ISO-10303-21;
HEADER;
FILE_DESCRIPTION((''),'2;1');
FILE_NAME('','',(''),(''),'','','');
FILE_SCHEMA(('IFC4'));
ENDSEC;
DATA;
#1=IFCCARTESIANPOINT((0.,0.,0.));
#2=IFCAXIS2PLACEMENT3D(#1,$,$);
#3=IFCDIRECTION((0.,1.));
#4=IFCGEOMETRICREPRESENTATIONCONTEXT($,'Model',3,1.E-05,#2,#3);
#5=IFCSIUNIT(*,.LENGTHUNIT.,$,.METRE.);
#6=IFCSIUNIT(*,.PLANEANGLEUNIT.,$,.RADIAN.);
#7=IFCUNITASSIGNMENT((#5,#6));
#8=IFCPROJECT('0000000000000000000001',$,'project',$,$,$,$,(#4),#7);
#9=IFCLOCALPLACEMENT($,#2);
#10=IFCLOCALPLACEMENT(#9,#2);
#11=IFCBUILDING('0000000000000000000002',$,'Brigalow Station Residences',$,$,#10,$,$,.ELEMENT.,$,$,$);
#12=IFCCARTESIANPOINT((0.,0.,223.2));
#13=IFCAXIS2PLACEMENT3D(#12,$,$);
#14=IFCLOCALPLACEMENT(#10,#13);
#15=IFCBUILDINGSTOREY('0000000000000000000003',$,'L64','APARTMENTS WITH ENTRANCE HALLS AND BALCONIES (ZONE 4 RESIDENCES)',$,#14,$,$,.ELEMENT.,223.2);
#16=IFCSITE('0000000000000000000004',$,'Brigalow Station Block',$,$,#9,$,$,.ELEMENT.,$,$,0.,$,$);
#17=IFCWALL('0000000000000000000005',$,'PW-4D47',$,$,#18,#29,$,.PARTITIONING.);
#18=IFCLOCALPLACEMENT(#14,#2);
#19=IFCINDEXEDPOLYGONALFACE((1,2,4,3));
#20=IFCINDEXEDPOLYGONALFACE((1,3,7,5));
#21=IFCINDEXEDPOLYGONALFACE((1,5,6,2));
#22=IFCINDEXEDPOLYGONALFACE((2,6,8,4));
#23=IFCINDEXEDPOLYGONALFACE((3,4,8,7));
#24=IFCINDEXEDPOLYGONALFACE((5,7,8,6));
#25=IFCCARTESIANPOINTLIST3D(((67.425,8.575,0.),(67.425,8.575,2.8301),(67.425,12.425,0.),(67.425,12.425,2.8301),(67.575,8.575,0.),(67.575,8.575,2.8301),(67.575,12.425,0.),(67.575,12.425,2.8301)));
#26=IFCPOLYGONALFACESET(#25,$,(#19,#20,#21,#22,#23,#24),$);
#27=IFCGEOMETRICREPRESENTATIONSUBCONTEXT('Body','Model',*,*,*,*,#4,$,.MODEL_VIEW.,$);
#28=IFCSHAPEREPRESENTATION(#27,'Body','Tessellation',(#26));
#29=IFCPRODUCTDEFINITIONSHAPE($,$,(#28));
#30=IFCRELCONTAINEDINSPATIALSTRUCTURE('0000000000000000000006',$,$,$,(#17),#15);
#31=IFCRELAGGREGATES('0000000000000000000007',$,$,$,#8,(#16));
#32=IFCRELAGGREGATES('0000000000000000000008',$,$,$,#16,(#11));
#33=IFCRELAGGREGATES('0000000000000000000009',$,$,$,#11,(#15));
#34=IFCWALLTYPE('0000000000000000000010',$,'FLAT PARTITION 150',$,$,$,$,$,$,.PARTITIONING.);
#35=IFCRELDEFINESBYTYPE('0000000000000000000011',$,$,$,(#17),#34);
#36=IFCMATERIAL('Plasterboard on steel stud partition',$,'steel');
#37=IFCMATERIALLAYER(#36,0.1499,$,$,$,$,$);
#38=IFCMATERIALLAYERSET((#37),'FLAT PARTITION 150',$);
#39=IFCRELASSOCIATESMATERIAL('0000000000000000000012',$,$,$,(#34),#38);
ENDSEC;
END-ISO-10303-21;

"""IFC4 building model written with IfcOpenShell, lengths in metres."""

from ifc_helpers import new_model, si_unit, direction, frame, frame_2d, origin, place, context, subcontext, project, spatial, rectangle, extrude, material, layer, layer_set, type_object, element, save


model = new_model("IFC4")

# Units and contexts
model_context = context("Model", 3, precision=1e-05, world=origin(), true_north=direction((0.0, 1.0)))
body_context = subcontext(model_context, "Body", "Model", "MODEL_VIEW")
ifc_project = project(units=[si_unit("LENGTHUNIT", "METRE"), si_unit("PLANEANGLEUNIT", "RADIAN")], contexts=[model_context])

# Site, building, storey
site_placement = place(None, origin())
site = spatial("IfcSite", under=ifc_project, at=site_placement, Name="Brigalow Station Block", CompositionType="ELEMENT", RefElevation=0.0)
building_placement = place(site_placement, origin())
building = spatial("IfcBuilding", under=site, at=building_placement, Name="Brigalow Station Residences", CompositionType="ELEMENT")
storey_placement = place(building_placement, frame((0.0, 0.0, 223.2)))
storey = spatial("IfcBuildingStorey", under=building, at=storey_placement, Name="L64", Description="APARTMENTS WITH ENTRANCE HALLS AND BALCONIES (ZONE 4 RESIDENCES)", CompositionType="ELEMENT", Elevation=223.2)

# Wall
ifc_material_1 = material(Name="Plasterboard on steel stud partition", Category="steel")
ifc_layer_1 = layer(ifc_material_1, 0.1499)
ifc_layer_set_1 = layer_set([ifc_layer_1], Name="FLAT PARTITION 150")
wall_type_1 = type_object("IfcWallType", Name="FLAT PARTITION 150", PredefinedType="PARTITIONING", material=ifc_layer_set_1)
wall_1_placement = place(storey_placement, frame((67.5, 8.575, 0.0), z_axis=(0.0, 0.0, 1.0), x_axis=(0.0, 1.0, 0.0)))
element("IfcWall", 1, at=wall_1_placement, inside=storey, type_object=wall_type_1, Name="PW-4D47", PredefinedType="PARTITIONING", context=body_context, shape_type="SweptSolid", body=[
    extrude(rectangle(XDim=3.8501, YDim=0.1499, at=frame_2d((1.925, 0.0))), origin(), (0.0, 0.0, 1.0), 2.8301),
])

save(model, "model.ifc")
